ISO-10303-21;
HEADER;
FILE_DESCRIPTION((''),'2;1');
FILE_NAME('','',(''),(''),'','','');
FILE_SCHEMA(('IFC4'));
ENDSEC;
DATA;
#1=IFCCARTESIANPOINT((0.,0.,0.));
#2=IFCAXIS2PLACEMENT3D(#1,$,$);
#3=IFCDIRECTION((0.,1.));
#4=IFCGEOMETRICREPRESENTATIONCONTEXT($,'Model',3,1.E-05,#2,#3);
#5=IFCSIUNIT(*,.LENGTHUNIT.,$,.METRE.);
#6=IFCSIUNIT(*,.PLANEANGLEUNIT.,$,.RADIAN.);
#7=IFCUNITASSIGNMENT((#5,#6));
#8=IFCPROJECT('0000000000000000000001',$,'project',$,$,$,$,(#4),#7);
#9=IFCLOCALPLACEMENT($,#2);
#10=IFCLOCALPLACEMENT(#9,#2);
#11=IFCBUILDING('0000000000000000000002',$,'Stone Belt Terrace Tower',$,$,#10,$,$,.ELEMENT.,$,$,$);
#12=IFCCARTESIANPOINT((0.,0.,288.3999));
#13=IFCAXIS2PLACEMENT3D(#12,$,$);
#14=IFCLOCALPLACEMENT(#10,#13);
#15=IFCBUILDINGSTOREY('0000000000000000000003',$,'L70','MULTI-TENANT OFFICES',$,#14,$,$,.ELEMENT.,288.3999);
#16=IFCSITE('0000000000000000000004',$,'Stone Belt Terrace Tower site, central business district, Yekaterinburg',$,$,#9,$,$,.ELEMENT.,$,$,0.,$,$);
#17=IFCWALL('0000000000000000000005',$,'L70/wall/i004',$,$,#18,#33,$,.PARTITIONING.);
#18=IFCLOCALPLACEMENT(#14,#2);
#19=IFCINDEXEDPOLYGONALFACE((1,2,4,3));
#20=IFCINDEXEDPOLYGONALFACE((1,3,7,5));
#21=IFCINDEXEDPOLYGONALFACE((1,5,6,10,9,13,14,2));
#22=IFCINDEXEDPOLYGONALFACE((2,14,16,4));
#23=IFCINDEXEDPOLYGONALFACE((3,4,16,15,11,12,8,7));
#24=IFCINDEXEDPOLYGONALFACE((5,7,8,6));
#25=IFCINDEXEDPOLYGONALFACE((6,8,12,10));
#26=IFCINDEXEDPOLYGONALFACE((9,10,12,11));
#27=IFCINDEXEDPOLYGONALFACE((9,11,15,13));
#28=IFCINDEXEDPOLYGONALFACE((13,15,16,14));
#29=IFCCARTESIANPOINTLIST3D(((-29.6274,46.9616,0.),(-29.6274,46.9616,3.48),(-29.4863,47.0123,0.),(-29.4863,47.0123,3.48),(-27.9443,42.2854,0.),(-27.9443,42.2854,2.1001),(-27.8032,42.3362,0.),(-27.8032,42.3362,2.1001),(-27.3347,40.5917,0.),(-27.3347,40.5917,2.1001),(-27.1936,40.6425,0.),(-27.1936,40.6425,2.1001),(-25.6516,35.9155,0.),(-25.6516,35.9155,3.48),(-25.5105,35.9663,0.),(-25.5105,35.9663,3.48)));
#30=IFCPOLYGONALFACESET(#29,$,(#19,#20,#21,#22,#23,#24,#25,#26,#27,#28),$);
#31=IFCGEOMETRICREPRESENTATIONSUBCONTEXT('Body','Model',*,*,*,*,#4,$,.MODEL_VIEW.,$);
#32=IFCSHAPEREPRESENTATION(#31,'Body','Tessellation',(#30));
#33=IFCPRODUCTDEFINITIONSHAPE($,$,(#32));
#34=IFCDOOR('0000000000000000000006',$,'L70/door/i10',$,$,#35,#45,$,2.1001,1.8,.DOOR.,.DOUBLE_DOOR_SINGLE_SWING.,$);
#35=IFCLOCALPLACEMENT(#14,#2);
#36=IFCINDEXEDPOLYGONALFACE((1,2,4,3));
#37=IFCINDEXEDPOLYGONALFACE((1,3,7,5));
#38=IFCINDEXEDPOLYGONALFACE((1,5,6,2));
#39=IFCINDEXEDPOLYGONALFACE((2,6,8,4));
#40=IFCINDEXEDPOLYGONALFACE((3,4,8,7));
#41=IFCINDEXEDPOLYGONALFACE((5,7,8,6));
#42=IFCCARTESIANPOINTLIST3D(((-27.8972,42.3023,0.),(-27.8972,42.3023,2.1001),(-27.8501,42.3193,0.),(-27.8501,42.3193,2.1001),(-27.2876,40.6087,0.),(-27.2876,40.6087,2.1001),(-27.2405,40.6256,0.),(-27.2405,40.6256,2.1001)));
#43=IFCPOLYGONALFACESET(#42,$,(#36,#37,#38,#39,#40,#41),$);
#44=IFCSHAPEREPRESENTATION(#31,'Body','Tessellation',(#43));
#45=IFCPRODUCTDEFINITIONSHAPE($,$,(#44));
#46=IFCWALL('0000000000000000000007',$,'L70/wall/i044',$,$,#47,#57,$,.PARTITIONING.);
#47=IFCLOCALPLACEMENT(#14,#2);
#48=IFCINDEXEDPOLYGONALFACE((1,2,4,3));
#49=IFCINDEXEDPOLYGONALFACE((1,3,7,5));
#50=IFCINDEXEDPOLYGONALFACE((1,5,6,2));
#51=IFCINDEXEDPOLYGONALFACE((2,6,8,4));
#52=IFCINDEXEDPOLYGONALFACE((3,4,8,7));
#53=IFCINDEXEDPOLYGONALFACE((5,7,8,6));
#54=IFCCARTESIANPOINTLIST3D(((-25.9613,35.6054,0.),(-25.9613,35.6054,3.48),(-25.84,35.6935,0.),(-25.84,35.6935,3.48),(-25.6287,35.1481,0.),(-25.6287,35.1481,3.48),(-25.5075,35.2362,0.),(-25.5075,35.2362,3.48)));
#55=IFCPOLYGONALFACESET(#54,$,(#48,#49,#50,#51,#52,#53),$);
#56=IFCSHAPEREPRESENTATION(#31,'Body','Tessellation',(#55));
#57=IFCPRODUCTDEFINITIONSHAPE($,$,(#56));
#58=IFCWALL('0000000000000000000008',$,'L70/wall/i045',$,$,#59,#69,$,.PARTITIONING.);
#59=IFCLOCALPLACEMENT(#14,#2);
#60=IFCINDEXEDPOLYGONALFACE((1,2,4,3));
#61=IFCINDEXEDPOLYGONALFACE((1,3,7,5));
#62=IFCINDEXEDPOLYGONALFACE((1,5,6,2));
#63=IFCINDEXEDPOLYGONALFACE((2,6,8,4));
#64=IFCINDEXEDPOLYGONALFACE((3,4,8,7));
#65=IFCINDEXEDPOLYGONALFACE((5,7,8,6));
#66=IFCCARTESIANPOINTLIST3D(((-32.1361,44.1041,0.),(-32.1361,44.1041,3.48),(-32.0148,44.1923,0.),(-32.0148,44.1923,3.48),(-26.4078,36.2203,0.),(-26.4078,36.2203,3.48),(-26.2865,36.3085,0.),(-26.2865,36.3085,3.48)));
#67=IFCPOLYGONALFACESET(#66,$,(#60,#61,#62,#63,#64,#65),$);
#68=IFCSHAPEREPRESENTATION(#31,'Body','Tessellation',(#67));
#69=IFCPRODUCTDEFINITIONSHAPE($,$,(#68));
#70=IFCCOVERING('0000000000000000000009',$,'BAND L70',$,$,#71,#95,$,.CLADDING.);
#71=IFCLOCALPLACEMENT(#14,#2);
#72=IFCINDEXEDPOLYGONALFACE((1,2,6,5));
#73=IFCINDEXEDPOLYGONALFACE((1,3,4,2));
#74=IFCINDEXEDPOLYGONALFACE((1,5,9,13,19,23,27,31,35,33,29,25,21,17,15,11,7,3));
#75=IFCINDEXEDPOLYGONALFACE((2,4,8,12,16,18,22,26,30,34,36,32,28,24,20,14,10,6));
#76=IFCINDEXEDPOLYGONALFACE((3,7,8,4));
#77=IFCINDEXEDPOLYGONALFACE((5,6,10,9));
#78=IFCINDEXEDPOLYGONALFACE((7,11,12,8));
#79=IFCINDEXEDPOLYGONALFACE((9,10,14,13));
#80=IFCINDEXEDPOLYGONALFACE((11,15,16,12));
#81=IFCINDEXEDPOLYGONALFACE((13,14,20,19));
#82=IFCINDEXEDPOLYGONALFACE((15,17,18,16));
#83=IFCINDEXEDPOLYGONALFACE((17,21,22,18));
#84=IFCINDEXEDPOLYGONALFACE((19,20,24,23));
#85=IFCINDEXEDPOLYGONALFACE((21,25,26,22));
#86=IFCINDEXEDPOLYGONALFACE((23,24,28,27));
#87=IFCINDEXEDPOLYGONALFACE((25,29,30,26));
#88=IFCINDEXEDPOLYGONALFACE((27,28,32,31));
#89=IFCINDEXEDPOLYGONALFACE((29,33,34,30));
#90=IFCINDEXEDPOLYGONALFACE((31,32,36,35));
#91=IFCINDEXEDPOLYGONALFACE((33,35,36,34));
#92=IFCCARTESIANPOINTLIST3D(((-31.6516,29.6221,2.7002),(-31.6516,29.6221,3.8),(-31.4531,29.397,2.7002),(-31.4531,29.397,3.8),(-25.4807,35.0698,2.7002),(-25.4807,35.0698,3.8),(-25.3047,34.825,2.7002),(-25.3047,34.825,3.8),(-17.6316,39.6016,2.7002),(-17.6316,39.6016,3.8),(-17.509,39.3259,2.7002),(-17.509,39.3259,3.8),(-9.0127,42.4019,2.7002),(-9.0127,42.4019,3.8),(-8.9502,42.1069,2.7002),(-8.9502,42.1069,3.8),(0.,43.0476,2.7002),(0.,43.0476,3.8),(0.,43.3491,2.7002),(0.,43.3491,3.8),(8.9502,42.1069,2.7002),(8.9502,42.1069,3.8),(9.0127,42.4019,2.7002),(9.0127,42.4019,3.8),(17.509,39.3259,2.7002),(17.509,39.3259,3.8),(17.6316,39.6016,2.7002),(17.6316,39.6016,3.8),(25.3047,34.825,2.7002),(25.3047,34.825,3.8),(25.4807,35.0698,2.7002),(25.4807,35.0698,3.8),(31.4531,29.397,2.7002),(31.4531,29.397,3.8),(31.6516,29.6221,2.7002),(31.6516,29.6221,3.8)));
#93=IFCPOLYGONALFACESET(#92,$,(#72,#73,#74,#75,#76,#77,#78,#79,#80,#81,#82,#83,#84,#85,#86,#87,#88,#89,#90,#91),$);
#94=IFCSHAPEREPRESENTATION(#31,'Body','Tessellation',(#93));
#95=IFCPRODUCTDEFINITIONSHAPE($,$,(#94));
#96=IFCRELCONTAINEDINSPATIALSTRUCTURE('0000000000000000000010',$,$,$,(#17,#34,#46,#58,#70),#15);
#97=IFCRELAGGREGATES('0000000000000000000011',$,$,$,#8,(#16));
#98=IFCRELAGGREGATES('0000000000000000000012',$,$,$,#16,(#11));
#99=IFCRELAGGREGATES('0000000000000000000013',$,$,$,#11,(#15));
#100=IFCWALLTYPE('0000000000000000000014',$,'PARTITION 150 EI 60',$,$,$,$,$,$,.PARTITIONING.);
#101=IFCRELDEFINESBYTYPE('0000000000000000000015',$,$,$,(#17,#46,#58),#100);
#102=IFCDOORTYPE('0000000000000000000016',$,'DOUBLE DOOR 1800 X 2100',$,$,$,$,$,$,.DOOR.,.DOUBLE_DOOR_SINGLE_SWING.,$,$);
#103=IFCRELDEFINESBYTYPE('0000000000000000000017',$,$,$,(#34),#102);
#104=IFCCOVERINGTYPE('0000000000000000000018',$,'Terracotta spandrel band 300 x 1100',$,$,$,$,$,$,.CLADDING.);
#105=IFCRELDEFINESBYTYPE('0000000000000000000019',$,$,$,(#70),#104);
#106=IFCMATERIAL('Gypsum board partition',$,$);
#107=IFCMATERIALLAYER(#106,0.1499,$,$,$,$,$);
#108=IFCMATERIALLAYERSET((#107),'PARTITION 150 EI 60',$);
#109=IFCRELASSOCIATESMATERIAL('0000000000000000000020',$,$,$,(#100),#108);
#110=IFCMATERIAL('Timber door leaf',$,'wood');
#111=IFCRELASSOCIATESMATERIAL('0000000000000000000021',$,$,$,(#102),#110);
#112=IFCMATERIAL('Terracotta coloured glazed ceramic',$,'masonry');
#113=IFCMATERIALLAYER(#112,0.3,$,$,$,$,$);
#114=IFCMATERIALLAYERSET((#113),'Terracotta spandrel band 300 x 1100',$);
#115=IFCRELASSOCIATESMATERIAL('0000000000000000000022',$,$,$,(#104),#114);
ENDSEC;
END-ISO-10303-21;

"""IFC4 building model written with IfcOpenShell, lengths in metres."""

from ifc_helpers import new_model, si_unit, direction, frame, frame_2d, origin, place, context, subcontext, project, spatial, polyline, rectangle, outline, extrude, material, layer, layer_set, type_object, element, fill, save


model = new_model("IFC4")

# Units and contexts
model_context = context("Model", 3, precision=1e-05, world=origin(), true_north=direction((0.0, 1.0)))
body_context = subcontext(model_context, "Body", "Model", "MODEL_VIEW")
ifc_project = project(units=[si_unit("LENGTHUNIT", "METRE"), si_unit("PLANEANGLEUNIT", "RADIAN")], contexts=[model_context])

# Site, building, storey
site_placement = place(None, origin())
site = spatial("IfcSite", under=ifc_project, at=site_placement, Name="Stone Belt Terrace Tower site, central business district, Yekaterinburg", CompositionType="ELEMENT", RefElevation=0.0)
building_placement = place(site_placement, origin())
building = spatial("IfcBuilding", under=site, at=building_placement, Name="Stone Belt Terrace Tower", CompositionType="ELEMENT")
storey_placement = place(building_placement, frame((0.0, 0.0, 288.3999)))
storey = spatial("IfcBuildingStorey", under=building, at=storey_placement, Name="L70", Description="MULTI-TENANT OFFICES", CompositionType="ELEMENT", Elevation=288.3999)

# Shared definitions
ifc_material_1 = material(Name="Timber door leaf", Category="wood")

# Shared definitions
ifc_material_2 = material(Name="Gypsum board partition")
ifc_layer_1 = layer(ifc_material_2, 0.1499)
ifc_layer_set_1 = layer_set([ifc_layer_1], Name="PARTITION 150 EI 60")
wall_type_1 = type_object("IfcWallType", Name="PARTITION 150 EI 60", PredefinedType="PARTITIONING", material=ifc_layer_set_1)

# Wall, opening, door
wall_1_placement = place(storey_placement, frame((-25.5811, 35.9409, 0.0), z_axis=(0.0, 0.0, 1.0), x_axis=(-0.338661, 0.940909, 0.0)))
wall_1 = element("IfcWall", 1, at=wall_1_placement, inside=storey, type_object=wall_type_1, Name="L70/wall/i004", PredefinedType="PARTITIONING", context=body_context, shape_type="SweptSolid", body=[
    extrude(rectangle(XDim=11.7397, YDim=0.1499, at=frame_2d((5.8699, 0.0))), origin(), (0.0, 0.0, 1.0), 3.48),
])
opening_1_placement = place(wall_1_placement, frame((4.97, 0.0, 0.0)))
opening_1 = element("IfcOpeningElement", 2, at=opening_1_placement, cuts=wall_1, PredefinedType="OPENING", context=body_context, shape_type="SweptSolid", body=[
    extrude(rectangle(XDim=1.8, YDim=2.1001, at=frame_2d((0.8999, 1.05))), frame((0.0, 0.085, 0.0), z_axis=(0.0, -1.0, 0.0), x_axis=(1.0, 0.0, 0.0)), (0.0, 0.0, 1.0), 0.1699),
])
door_type_1 = type_object("IfcDoorType", Name="DOUBLE DOOR 1800 X 2100", OperationType="DOUBLE_DOOR_SINGLE_SWING", PredefinedType="DOOR", material=ifc_material_1)
door_1_placement = place(opening_1_placement, origin())
door_1 = element("IfcDoor", 3, at=door_1_placement, inside=storey, type_object=door_type_1, Name="L70/door/i10", OperationType="DOUBLE_DOOR_SINGLE_SWING", OverallHeight=2.1001, OverallWidth=1.8, PredefinedType="DOOR", context=body_context, shape_type="SweptSolid", body=[
    extrude(rectangle(XDim=1.8, YDim=2.1001, at=frame_2d((0.8999, 1.05))), frame((0.0, 0.0249, 0.0), z_axis=(0.0, -1.0, 0.0), x_axis=(1.0, 0.0, 0.0)), (0.0, 0.0, 1.0), 0.05),
])
fill(opening_1, door_1)

# Walls
wall_2_placement = place(storey_placement, frame((-25.5681, 35.1921, 0.0), z_axis=(0.0, 0.0, 1.0), x_axis=(-0.58812, 0.808773, 0.0)))
element("IfcWall", 4, at=wall_2_placement, inside=storey, type_object=wall_type_1, Name="L70/wall/i044", PredefinedType="PARTITIONING", context=body_context, shape_type="SweptSolid", body=[
    extrude(rectangle(XDim=0.5654, YDim=0.1499, at=frame_2d((0.2827, 0.0))), origin(), (0.0, 0.0, 1.0), 3.48),
])
wall_3_placement = place(storey_placement, frame((-26.3472, 36.2644, 0.0), z_axis=(0.0, 0.0, 1.0), x_axis=(-0.58781, 0.808999, 0.0)))
element("IfcWall", 5, at=wall_3_placement, inside=storey, type_object=wall_type_1, Name="L70/wall/i045", PredefinedType="PARTITIONING", context=body_context, shape_type="SweptSolid", body=[
    extrude(rectangle(XDim=9.7451, YDim=0.1499, at=frame_2d((4.8726, 0.0))), origin(), (0.0, 0.0, 1.0), 3.48),
])

# Covering
ifc_material_3 = material(Name="Terracotta coloured glazed ceramic", Category="masonry")
ifc_layer_2 = layer(ifc_material_3, 0.3)
ifc_layer_set_2 = layer_set([ifc_layer_2], Name="Terracotta spandrel band 300 x 1100")
covering_type = type_object("IfcCoveringType", Name="Terracotta spandrel band 300 x 1100", PredefinedType="CLADDING", material=ifc_layer_set_2)
covering_placement = place(storey_placement, frame((0.0, 0.0, 2.7002)))
element("IfcCovering", 6, at=covering_placement, inside=storey, type_object=covering_type, Name="BAND L70", PredefinedType="CLADDING", context=body_context, shape_type="SweptSolid", body=[
    extrude(outline(polyline([(-31.6516, 29.6221), (-25.4807, 35.0698), (-17.6316, 39.6016), (-9.0127, 42.4019), (0.0, 43.3491), (9.0127, 42.4019), (17.6316, 39.6016), (25.4807, 35.0698), (31.6516, 29.6221), (31.4531, 29.397), (25.3047, 34.825), (17.509, 39.3259), (8.9502, 42.1069), (0.0, 43.0476), (-8.9502, 42.1069), (-17.509, 39.3259), (-25.3047, 34.825), (-31.4531, 29.397), (-31.6516, 29.6221)])), origin(), (0.0, 0.0, 1.0), 1.0999),
])

save(model, "model.ifc")
